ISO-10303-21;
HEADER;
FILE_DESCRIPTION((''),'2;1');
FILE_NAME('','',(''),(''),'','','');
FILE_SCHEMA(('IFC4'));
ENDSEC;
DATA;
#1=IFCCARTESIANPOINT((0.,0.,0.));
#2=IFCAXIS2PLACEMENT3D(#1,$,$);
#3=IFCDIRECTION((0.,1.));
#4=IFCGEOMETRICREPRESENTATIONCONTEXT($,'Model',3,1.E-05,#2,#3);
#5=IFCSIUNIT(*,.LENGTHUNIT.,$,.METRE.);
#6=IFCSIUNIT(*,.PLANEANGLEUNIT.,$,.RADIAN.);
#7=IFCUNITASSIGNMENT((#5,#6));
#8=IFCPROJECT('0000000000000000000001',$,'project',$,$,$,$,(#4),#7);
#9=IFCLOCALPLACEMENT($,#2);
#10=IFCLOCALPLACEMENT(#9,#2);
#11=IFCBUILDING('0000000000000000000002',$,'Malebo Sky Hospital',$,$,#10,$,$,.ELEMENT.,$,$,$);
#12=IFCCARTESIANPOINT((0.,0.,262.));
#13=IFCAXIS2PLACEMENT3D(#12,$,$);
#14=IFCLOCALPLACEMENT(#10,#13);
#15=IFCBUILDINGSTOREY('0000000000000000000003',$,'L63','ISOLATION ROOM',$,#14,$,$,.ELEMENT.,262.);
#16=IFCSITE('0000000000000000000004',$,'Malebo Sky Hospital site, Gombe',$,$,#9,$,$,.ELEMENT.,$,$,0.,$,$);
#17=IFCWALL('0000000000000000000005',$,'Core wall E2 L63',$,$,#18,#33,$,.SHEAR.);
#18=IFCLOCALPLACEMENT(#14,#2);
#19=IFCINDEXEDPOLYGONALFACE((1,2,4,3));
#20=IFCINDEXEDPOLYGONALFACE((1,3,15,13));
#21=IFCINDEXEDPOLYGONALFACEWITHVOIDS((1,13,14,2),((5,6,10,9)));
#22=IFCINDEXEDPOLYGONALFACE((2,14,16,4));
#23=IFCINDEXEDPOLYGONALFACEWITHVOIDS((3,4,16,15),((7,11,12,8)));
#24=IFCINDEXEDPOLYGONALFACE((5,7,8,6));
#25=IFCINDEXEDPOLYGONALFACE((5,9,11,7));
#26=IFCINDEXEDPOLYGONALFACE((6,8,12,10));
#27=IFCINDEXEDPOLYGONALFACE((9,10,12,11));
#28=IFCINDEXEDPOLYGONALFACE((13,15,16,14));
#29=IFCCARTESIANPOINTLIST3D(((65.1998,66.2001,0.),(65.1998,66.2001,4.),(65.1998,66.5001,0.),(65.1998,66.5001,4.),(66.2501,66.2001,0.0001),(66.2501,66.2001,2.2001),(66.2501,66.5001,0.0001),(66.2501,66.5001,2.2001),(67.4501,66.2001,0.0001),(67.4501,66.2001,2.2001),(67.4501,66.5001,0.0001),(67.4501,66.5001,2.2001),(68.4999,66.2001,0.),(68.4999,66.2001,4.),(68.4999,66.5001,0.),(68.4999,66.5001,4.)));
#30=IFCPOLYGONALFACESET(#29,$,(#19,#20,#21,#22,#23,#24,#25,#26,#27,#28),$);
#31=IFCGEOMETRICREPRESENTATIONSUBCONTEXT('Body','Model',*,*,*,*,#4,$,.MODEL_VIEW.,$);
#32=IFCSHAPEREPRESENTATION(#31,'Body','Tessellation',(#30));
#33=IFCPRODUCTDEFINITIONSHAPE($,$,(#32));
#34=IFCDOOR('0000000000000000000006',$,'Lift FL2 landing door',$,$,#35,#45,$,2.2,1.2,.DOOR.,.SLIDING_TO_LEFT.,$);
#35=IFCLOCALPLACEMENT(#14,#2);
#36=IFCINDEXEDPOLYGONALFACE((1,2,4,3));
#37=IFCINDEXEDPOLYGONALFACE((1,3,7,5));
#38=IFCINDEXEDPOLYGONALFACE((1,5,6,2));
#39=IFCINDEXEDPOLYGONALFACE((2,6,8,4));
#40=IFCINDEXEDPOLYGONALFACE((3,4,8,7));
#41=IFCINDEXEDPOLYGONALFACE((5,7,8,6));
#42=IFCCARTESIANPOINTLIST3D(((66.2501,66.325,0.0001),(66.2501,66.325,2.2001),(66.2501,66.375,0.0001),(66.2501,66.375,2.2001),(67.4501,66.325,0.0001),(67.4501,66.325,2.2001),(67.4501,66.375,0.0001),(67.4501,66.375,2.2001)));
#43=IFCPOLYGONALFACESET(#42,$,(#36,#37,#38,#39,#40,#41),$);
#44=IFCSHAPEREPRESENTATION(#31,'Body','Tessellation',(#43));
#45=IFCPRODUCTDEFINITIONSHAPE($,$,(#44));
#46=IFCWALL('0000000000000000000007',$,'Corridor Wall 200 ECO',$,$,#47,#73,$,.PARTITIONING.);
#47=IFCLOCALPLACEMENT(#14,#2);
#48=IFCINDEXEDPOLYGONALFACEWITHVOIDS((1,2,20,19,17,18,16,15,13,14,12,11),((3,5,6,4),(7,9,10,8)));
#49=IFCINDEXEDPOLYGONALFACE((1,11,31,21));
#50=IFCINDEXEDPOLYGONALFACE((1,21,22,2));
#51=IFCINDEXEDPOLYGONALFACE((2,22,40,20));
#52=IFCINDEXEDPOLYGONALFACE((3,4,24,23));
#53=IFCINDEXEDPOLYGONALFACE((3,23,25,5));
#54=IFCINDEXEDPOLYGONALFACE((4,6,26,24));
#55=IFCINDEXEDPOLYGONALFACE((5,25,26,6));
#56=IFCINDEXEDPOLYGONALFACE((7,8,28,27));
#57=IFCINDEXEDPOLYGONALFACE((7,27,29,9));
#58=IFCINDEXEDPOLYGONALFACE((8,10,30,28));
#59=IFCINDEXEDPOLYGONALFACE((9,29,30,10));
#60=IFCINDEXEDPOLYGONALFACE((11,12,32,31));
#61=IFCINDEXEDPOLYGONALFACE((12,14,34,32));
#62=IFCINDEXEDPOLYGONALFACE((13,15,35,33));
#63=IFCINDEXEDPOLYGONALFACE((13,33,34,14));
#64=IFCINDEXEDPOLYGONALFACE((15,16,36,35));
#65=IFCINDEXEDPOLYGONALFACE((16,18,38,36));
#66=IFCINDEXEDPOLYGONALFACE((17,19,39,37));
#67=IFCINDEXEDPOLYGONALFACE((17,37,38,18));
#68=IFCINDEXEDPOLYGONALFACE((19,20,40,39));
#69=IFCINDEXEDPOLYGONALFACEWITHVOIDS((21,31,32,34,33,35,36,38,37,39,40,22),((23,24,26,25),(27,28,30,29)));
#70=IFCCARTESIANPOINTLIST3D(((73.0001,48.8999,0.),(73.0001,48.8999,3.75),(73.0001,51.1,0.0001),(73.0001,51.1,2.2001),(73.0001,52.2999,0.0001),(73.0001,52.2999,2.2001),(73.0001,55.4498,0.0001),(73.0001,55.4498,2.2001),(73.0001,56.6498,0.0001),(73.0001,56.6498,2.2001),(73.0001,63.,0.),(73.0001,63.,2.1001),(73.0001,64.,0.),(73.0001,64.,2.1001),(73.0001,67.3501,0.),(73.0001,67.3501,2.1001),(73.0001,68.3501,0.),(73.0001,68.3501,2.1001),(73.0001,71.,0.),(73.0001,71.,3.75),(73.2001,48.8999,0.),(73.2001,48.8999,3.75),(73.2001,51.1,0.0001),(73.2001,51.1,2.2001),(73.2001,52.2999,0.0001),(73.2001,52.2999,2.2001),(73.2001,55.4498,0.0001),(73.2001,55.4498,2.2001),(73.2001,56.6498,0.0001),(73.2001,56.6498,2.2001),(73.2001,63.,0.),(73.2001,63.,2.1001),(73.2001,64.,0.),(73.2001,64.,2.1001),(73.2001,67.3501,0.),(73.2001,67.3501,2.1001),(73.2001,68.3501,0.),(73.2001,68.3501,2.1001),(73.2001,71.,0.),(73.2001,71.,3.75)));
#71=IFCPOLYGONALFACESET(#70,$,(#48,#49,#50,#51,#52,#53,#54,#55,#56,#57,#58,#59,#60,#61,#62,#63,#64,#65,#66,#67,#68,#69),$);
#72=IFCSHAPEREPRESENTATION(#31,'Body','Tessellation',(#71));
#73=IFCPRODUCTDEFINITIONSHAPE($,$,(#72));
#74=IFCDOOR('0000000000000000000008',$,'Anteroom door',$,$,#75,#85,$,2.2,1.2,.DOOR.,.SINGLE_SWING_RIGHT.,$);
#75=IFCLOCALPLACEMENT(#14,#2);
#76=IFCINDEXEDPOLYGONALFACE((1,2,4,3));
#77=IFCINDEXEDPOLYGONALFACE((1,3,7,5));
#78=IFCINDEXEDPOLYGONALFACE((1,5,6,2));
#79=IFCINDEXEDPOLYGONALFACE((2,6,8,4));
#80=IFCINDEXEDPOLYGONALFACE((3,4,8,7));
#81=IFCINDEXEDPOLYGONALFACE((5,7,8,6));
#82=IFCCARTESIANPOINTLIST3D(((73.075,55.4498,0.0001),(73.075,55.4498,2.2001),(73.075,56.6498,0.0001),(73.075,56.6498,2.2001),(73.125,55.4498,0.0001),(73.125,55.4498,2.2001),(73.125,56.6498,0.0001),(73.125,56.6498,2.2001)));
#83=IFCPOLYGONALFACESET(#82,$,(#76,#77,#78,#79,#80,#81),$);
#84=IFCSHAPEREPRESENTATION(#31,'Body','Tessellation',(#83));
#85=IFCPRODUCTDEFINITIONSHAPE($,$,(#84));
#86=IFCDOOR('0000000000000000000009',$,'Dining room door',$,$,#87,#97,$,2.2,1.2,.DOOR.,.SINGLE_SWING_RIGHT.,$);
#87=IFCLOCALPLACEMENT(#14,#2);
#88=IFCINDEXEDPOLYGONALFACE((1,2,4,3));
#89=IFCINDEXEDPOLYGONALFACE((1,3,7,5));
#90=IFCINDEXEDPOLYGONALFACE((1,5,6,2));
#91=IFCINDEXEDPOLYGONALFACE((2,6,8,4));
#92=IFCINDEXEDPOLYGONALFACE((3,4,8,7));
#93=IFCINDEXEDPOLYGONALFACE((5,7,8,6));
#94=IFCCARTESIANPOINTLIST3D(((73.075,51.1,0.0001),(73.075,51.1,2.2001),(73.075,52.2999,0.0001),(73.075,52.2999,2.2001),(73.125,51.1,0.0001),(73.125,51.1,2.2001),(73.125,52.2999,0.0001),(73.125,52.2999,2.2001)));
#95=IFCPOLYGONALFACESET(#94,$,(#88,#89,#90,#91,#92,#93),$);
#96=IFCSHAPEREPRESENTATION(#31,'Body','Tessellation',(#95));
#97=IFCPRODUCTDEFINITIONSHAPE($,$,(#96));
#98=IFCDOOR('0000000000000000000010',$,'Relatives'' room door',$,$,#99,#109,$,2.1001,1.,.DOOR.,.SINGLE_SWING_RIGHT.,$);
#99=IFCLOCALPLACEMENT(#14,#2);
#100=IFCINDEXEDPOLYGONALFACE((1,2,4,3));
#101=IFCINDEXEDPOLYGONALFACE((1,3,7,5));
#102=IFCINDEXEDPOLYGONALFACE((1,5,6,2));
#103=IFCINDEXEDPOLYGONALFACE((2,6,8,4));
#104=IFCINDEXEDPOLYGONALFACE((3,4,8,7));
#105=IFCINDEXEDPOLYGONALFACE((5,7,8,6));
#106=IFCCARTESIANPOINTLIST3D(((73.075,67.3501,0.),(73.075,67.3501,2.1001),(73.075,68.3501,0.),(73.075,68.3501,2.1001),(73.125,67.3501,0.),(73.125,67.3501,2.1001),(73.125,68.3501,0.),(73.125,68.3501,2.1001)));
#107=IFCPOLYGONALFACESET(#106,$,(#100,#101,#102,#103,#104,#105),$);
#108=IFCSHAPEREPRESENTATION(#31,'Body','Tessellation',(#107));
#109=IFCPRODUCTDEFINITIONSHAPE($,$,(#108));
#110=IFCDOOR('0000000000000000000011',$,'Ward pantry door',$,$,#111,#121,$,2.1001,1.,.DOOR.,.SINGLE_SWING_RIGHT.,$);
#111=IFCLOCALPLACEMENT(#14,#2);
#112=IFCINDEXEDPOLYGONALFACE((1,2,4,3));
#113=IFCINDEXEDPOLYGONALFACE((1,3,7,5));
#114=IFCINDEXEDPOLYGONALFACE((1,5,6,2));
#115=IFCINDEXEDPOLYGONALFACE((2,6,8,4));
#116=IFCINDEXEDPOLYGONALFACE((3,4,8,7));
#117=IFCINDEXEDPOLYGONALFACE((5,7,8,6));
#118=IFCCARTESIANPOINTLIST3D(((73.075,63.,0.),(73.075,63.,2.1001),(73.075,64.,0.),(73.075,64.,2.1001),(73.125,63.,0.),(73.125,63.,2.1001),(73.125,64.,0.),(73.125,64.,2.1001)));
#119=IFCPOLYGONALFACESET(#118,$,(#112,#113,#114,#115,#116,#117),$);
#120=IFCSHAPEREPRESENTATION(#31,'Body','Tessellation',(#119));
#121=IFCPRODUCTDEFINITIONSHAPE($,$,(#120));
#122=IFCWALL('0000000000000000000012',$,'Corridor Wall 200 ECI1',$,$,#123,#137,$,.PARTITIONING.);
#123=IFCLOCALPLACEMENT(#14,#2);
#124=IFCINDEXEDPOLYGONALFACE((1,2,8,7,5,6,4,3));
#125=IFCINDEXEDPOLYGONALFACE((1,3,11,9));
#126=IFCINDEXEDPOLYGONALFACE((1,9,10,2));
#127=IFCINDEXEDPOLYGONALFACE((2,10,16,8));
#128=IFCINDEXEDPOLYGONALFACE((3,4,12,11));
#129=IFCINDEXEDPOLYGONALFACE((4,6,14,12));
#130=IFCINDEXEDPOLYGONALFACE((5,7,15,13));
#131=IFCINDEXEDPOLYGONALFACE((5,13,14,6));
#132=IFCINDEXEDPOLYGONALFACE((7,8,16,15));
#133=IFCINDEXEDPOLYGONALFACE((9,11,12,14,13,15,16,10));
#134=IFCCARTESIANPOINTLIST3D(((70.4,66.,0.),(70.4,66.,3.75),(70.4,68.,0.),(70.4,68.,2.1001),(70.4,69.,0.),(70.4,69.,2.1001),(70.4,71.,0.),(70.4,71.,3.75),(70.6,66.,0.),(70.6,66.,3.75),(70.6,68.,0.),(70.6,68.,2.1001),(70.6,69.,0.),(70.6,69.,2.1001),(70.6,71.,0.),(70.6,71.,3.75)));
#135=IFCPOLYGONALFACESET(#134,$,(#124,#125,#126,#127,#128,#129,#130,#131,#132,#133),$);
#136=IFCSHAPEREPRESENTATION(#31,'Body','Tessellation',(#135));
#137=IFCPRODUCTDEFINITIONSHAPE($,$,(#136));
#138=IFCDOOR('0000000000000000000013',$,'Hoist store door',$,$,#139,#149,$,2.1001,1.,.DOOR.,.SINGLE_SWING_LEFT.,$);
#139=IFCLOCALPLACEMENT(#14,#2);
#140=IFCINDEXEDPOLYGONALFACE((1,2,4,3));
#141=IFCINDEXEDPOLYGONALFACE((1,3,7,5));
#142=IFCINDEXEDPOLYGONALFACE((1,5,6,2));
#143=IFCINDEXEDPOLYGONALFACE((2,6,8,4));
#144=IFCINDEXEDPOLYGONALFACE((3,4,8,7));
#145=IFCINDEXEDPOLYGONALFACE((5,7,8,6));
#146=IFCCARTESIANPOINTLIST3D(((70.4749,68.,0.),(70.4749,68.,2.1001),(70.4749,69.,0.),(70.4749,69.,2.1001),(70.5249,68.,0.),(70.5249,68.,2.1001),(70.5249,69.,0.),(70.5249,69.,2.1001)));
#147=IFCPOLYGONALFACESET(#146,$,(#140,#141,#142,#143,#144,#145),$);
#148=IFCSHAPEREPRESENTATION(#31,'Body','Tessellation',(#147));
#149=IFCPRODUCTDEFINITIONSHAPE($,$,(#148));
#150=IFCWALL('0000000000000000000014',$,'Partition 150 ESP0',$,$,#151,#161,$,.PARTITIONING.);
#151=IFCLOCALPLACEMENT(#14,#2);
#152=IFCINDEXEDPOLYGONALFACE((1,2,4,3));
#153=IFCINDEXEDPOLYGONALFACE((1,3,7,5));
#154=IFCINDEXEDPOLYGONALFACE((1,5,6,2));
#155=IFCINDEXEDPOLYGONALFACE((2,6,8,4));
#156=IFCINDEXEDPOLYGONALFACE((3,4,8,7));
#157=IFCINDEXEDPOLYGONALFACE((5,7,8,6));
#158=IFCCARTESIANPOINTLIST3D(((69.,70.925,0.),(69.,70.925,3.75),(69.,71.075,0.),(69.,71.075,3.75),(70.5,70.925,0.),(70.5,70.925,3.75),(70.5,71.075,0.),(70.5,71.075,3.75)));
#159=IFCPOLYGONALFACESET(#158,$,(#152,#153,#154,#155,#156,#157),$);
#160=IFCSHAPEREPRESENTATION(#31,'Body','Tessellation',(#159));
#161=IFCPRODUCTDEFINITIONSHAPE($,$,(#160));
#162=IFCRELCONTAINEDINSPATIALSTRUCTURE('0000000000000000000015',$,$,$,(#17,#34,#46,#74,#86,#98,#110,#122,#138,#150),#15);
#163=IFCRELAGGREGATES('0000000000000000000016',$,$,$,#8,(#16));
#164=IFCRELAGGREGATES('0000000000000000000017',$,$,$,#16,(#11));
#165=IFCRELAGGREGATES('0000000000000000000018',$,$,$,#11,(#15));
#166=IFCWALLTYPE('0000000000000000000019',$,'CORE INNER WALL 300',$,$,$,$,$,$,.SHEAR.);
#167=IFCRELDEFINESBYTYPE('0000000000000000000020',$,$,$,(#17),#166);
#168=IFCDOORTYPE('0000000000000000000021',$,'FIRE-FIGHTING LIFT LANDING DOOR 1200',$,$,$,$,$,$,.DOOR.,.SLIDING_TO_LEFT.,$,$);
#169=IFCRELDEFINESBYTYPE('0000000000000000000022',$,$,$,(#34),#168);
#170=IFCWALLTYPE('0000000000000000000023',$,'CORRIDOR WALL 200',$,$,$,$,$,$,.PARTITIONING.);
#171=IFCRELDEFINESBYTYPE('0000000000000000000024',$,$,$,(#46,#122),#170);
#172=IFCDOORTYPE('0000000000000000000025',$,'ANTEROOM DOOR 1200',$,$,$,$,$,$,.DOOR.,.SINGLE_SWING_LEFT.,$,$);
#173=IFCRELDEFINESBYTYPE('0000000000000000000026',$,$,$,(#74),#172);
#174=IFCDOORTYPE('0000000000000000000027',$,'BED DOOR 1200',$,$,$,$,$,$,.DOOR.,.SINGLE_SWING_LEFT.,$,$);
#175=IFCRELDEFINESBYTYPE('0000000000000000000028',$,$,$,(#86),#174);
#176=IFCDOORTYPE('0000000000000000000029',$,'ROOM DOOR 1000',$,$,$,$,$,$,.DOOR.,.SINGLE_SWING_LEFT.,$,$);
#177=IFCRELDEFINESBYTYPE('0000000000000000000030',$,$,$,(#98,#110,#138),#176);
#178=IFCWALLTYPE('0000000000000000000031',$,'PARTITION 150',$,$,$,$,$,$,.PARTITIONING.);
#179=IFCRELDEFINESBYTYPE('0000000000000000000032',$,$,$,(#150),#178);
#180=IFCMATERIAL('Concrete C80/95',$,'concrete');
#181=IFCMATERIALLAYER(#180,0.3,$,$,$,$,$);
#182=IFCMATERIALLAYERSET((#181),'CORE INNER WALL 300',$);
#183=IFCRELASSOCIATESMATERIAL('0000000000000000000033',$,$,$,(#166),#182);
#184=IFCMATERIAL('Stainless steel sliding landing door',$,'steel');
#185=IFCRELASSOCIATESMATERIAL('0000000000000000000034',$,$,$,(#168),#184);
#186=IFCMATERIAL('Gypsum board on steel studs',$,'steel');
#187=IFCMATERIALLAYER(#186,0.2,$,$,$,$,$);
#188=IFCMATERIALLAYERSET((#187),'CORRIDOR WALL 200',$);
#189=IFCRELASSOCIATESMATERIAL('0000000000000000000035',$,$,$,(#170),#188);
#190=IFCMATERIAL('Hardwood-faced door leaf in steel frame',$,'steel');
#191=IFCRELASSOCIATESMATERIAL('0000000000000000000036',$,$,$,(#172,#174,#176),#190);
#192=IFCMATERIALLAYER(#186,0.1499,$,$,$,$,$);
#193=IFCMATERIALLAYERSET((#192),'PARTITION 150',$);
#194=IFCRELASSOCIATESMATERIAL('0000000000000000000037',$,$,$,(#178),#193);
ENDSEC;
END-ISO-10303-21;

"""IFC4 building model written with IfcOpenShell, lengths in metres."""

from ifc_helpers import new_model, si_unit, direction, frame, frame_2d, origin, place, context, subcontext, project, spatial, rectangle, extrude, material, layer, layer_set, type_object, element, fill, save


model = new_model("IFC4")

# Units and contexts
model_context = context("Model", 3, precision=1e-05, world=origin(), true_north=direction((0.0, 1.0)))
body_context = subcontext(model_context, "Body", "Model", "MODEL_VIEW")
ifc_project = project(units=[si_unit("LENGTHUNIT", "METRE"), si_unit("PLANEANGLEUNIT", "RADIAN")], contexts=[model_context])

# Site, building, storey
site_placement = place(None, origin())
site = spatial("IfcSite", under=ifc_project, at=site_placement, Name="Malebo Sky Hospital site, Gombe", CompositionType="ELEMENT", RefElevation=0.0)
building_placement = place(site_placement, origin())
building = spatial("IfcBuilding", under=site, at=building_placement, Name="Malebo Sky Hospital", CompositionType="ELEMENT")
storey_placement = place(building_placement, frame((0.0, 0.0, 262.0)))
storey = spatial("IfcBuildingStorey", under=building, at=storey_placement, Name="L63", Description="ISOLATION ROOM", CompositionType="ELEMENT", Elevation=262.0)

# Wall, opening, door
ifc_material_1 = material(Name="Concrete C80/95", Category="concrete")
ifc_layer_1 = layer(ifc_material_1, 0.3)
ifc_layer_set_1 = layer_set([ifc_layer_1], Name="CORE INNER WALL 300")
wall_type_1 = type_object("IfcWallType", Name="CORE INNER WALL 300", PredefinedType="SHEAR", material=ifc_layer_set_1)
wall_1_placement = place(storey_placement, frame((65.2, 66.3501, 0.0), z_axis=(0.0, 0.0, 1.0), x_axis=(1.0, 0.0, 0.0)))
wall_1 = element("IfcWall", 1, at=wall_1_placement, inside=storey, type_object=wall_type_1, Name="Core wall E2 L63", PredefinedType="SHEAR", context=body_context, shape_type="SweptSolid", body=[
    extrude(rectangle(XDim=3.3, YDim=0.3, at=frame_2d((1.6499, 0.0))), origin(), (0.0, 0.0, 1.0), 4.0),
])
opening_1_placement = place(wall_1_placement, frame((1.05, 0.0, 0.0)))
opening_1 = element("IfcOpeningElement", 2, at=opening_1_placement, cuts=wall_1, PredefinedType="OPENING", context=body_context, shape_type="SweptSolid", body=[
    extrude(rectangle(XDim=1.2, YDim=2.2, at=frame_2d((0.6001, 1.1001))), frame((0.0, 0.1599, 0.0), z_axis=(0.0, -1.0, 0.0), x_axis=(1.0, 0.0, 0.0)), (0.0, 0.0, 1.0), 0.3201),
])
ifc_material_2 = material(Name="Stainless steel sliding landing door", Category="steel")
door_type_1 = type_object("IfcDoorType", Name="FIRE-FIGHTING LIFT LANDING DOOR 1200", OperationType="SLIDING_TO_LEFT", PredefinedType="DOOR", material=ifc_material_2)
door_1_placement = place(opening_1_placement, origin())
door_1 = element("IfcDoor", 3, at=door_1_placement, inside=storey, type_object=door_type_1, Name="Lift FL2 landing door", OperationType="SLIDING_TO_LEFT", OverallHeight=2.2, OverallWidth=1.2, PredefinedType="DOOR", context=body_context, shape_type="SweptSolid", body=[
    extrude(rectangle(XDim=1.2, YDim=2.2, at=frame_2d((0.6001, 1.1001))), frame((0.0, 0.0249, 0.0), z_axis=(0.0, -1.0, 0.0), x_axis=(1.0, 0.0, 0.0)), (0.0, 0.0, 1.0), 0.05),
])
fill(opening_1, door_1)

# Wall, openings, doors
ifc_material_3 = material(Name="Gypsum board on steel studs", Category="steel")
ifc_layer_2 = layer(ifc_material_3, 0.2)
ifc_layer_set_2 = layer_set([ifc_layer_2], Name="CORRIDOR WALL 200")
wall_type_2 = type_object("IfcWallType", Name="CORRIDOR WALL 200", PredefinedType="PARTITIONING", material=ifc_layer_set_2)
wall_2_placement = place(storey_placement, frame((73.1001, 71.0, 0.0), z_axis=(0.0, 0.0, 1.0), x_axis=(0.0, -1.0, 0.0)))
wall_2 = element("IfcWall", 4, at=wall_2_placement, inside=storey, type_object=wall_type_2, Name="Corridor Wall 200 ECO", PredefinedType="PARTITIONING", context=body_context, shape_type="SweptSolid", body=[
    extrude(rectangle(XDim=22.1001, YDim=0.2, at=frame_2d((11.05, 0.0))), origin(), (0.0, 0.0, 1.0), 3.75),
])
opening_2_placement = place(wall_2_placement, frame((2.6499, 0.0, 0.0)))
opening_2 = element("IfcOpeningElement", 5, at=opening_2_placement, cuts=wall_2, PredefinedType="OPENING", context=body_context, shape_type="SweptSolid", body=[
    extrude(rectangle(XDim=1.0, YDim=2.1001, at=frame_2d((0.5, 1.05))), frame((0.0, 0.1099, 0.0), z_axis=(0.0, -1.0, 0.0), x_axis=(1.0, 0.0, 0.0)), (0.0, 0.0, 1.0), 0.22),
])
opening_3_placement = place(wall_2_placement, frame((7.0, 0.0, 0.0)))
opening_3 = element("IfcOpeningElement", 6, at=opening_3_placement, cuts=wall_2, PredefinedType="OPENING", context=body_context, shape_type="SweptSolid", body=[
    extrude(rectangle(XDim=1.0, YDim=2.1001, at=frame_2d((0.5, 1.05))), frame((0.0, 0.1099, 0.0), z_axis=(0.0, -1.0, 0.0), x_axis=(1.0, 0.0, 0.0)), (0.0, 0.0, 1.0), 0.22),
])
opening_4_placement = place(wall_2_placement, frame((14.3501, 0.0, 0.0)))
opening_4 = element("IfcOpeningElement", 7, at=opening_4_placement, cuts=wall_2, PredefinedType="OPENING", context=body_context, shape_type="SweptSolid", body=[
    extrude(rectangle(XDim=1.2, YDim=2.2, at=frame_2d((0.6001, 1.1001))), frame((0.0, 0.1099, 0.0), z_axis=(0.0, -1.0, 0.0), x_axis=(1.0, 0.0, 0.0)), (0.0, 0.0, 1.0), 0.22),
])
opening_5_placement = place(wall_2_placement, frame((18.7, 0.0, 0.0)))
opening_5 = element("IfcOpeningElement", 8, at=opening_5_placement, cuts=wall_2, PredefinedType="OPENING", context=body_context, shape_type="SweptSolid", body=[
    extrude(rectangle(XDim=1.2, YDim=2.2, at=frame_2d((0.6001, 1.1001))), frame((0.0, 0.1099, 0.0), z_axis=(0.0, -1.0, 0.0), x_axis=(1.0, 0.0, 0.0)), (0.0, 0.0, 1.0), 0.22),
])
ifc_material_4 = material(Name="Hardwood-faced door leaf in steel frame", Category="steel")
door_type_2 = type_object("IfcDoorType", Name="ANTEROOM DOOR 1200", OperationType="SINGLE_SWING_LEFT", PredefinedType="DOOR", material=ifc_material_4)
door_2_placement = place(opening_4_placement, origin())
door_2 = element("IfcDoor", 9, at=door_2_placement, inside=storey, type_object=door_type_2, Name="Anteroom door", OperationType="SINGLE_SWING_RIGHT", OverallHeight=2.2, OverallWidth=1.2, PredefinedType="DOOR", context=body_context, shape_type="SweptSolid", body=[
    extrude(rectangle(XDim=1.2, YDim=2.2, at=frame_2d((0.6001, 1.1001))), frame((0.0, 0.0249, 0.0), z_axis=(0.0, -1.0, 0.0), x_axis=(1.0, 0.0, 0.0)), (0.0, 0.0, 1.0), 0.05),
])
fill(opening_4, door_2)
door_type_3 = type_object("IfcDoorType", Name="BED DOOR 1200", OperationType="SINGLE_SWING_LEFT", PredefinedType="DOOR", material=ifc_material_4)
door_3_placement = place(opening_5_placement, origin())
door_3 = element("IfcDoor", 10, at=door_3_placement, inside=storey, type_object=door_type_3, Name="Dining room door", OperationType="SINGLE_SWING_RIGHT", OverallHeight=2.2, OverallWidth=1.2, PredefinedType="DOOR", context=body_context, shape_type="SweptSolid", body=[
    extrude(rectangle(XDim=1.2, YDim=2.2, at=frame_2d((0.6001, 1.1001))), frame((0.0, 0.0249, 0.0), z_axis=(0.0, -1.0, 0.0), x_axis=(1.0, 0.0, 0.0)), (0.0, 0.0, 1.0), 0.05),
])
fill(opening_5, door_3)
door_type_4 = type_object("IfcDoorType", Name="ROOM DOOR 1000", OperationType="SINGLE_SWING_LEFT", PredefinedType="DOOR", material=ifc_material_4)
door_4_placement = place(opening_2_placement, origin())
door_4 = element("IfcDoor", 11, at=door_4_placement, inside=storey, type_object=door_type_4, Name="Relatives' room door", OperationType="SINGLE_SWING_RIGHT", OverallHeight=2.1001, OverallWidth=1.0, PredefinedType="DOOR", context=body_context, shape_type="SweptSolid", body=[
    extrude(rectangle(XDim=1.0, YDim=2.1001, at=frame_2d((0.5, 1.05))), frame((0.0, 0.0249, 0.0), z_axis=(0.0, -1.0, 0.0), x_axis=(1.0, 0.0, 0.0)), (0.0, 0.0, 1.0), 0.05),
])
fill(opening_2, door_4)
door_5_placement = place(opening_3_placement, origin())
door_5 = element("IfcDoor", 12, at=door_5_placement, inside=storey, type_object=door_type_4, Name="Ward pantry door", OperationType="SINGLE_SWING_RIGHT", OverallHeight=2.1001, OverallWidth=1.0, PredefinedType="DOOR", context=body_context, shape_type="SweptSolid", body=[
    extrude(rectangle(XDim=1.0, YDim=2.1001, at=frame_2d((0.5, 1.05))), frame((0.0, 0.0249, 0.0), z_axis=(0.0, -1.0, 0.0), x_axis=(1.0, 0.0, 0.0)), (0.0, 0.0, 1.0), 0.05),
])
fill(opening_3, door_5)

# Wall, opening, door
wall_3_placement = place(storey_placement, frame((70.5, 71.0, 0.0), z_axis=(0.0, 0.0, 1.0), x_axis=(0.0, -1.0, 0.0)))
wall_3 = element("IfcWall", 13, at=wall_3_placement, inside=storey, type_object=wall_type_2, Name="Corridor Wall 200 ECI1", PredefinedType="PARTITIONING", context=body_context, shape_type="SweptSolid", body=[
    extrude(rectangle(XDim=5.0, YDim=0.2, at=frame_2d((2.5, 0.0))), origin(), (0.0, 0.0, 1.0), 3.75),
])
opening_6_placement = place(wall_3_placement, frame((2.0, 0.0, 0.0)))
opening_6 = element("IfcOpeningElement", 14, at=opening_6_placement, cuts=wall_3, PredefinedType="OPENING", context=body_context, shape_type="SweptSolid", body=[
    extrude(rectangle(XDim=1.0, YDim=2.1001, at=frame_2d((0.5, 1.05))), frame((0.0, 0.1099, 0.0), z_axis=(0.0, -1.0, 0.0), x_axis=(1.0, 0.0, 0.0)), (0.0, 0.0, 1.0), 0.22),
])
door_6_placement = place(opening_6_placement, origin())
door_6 = element("IfcDoor", 15, at=door_6_placement, inside=storey, type_object=door_type_4, Name="Hoist store door", OperationType="SINGLE_SWING_LEFT", OverallHeight=2.1001, OverallWidth=1.0, PredefinedType="DOOR", context=body_context, shape_type="SweptSolid", body=[
    extrude(rectangle(XDim=1.0, YDim=2.1001, at=frame_2d((0.5, 1.05))), frame((0.0, 0.0249, 0.0), z_axis=(0.0, -1.0, 0.0), x_axis=(1.0, 0.0, 0.0)), (0.0, 0.0, 1.0), 0.05),
])
fill(opening_6, door_6)

# Wall
ifc_layer_3 = layer(ifc_material_3, 0.1499)
ifc_layer_set_3 = layer_set([ifc_layer_3], Name="PARTITION 150")
wall_type_3 = type_object("IfcWallType", Name="PARTITION 150", PredefinedType="PARTITIONING", material=ifc_layer_set_3)
wall_4_placement = place(storey_placement, frame((69.0, 71.0, 0.0), z_axis=(0.0, 0.0, 1.0), x_axis=(1.0, 0.0, 0.0)))
element("IfcWall", 16, at=wall_4_placement, inside=storey, type_object=wall_type_3, Name="Partition 150 ESP0", PredefinedType="PARTITIONING", context=body_context, shape_type="SweptSolid", body=[
    extrude(rectangle(XDim=1.5, YDim=0.1499, at=frame_2d((0.75, 0.0))), origin(), (0.0, 0.0, 1.0), 3.75),
])

save(model, "model.ifc")
